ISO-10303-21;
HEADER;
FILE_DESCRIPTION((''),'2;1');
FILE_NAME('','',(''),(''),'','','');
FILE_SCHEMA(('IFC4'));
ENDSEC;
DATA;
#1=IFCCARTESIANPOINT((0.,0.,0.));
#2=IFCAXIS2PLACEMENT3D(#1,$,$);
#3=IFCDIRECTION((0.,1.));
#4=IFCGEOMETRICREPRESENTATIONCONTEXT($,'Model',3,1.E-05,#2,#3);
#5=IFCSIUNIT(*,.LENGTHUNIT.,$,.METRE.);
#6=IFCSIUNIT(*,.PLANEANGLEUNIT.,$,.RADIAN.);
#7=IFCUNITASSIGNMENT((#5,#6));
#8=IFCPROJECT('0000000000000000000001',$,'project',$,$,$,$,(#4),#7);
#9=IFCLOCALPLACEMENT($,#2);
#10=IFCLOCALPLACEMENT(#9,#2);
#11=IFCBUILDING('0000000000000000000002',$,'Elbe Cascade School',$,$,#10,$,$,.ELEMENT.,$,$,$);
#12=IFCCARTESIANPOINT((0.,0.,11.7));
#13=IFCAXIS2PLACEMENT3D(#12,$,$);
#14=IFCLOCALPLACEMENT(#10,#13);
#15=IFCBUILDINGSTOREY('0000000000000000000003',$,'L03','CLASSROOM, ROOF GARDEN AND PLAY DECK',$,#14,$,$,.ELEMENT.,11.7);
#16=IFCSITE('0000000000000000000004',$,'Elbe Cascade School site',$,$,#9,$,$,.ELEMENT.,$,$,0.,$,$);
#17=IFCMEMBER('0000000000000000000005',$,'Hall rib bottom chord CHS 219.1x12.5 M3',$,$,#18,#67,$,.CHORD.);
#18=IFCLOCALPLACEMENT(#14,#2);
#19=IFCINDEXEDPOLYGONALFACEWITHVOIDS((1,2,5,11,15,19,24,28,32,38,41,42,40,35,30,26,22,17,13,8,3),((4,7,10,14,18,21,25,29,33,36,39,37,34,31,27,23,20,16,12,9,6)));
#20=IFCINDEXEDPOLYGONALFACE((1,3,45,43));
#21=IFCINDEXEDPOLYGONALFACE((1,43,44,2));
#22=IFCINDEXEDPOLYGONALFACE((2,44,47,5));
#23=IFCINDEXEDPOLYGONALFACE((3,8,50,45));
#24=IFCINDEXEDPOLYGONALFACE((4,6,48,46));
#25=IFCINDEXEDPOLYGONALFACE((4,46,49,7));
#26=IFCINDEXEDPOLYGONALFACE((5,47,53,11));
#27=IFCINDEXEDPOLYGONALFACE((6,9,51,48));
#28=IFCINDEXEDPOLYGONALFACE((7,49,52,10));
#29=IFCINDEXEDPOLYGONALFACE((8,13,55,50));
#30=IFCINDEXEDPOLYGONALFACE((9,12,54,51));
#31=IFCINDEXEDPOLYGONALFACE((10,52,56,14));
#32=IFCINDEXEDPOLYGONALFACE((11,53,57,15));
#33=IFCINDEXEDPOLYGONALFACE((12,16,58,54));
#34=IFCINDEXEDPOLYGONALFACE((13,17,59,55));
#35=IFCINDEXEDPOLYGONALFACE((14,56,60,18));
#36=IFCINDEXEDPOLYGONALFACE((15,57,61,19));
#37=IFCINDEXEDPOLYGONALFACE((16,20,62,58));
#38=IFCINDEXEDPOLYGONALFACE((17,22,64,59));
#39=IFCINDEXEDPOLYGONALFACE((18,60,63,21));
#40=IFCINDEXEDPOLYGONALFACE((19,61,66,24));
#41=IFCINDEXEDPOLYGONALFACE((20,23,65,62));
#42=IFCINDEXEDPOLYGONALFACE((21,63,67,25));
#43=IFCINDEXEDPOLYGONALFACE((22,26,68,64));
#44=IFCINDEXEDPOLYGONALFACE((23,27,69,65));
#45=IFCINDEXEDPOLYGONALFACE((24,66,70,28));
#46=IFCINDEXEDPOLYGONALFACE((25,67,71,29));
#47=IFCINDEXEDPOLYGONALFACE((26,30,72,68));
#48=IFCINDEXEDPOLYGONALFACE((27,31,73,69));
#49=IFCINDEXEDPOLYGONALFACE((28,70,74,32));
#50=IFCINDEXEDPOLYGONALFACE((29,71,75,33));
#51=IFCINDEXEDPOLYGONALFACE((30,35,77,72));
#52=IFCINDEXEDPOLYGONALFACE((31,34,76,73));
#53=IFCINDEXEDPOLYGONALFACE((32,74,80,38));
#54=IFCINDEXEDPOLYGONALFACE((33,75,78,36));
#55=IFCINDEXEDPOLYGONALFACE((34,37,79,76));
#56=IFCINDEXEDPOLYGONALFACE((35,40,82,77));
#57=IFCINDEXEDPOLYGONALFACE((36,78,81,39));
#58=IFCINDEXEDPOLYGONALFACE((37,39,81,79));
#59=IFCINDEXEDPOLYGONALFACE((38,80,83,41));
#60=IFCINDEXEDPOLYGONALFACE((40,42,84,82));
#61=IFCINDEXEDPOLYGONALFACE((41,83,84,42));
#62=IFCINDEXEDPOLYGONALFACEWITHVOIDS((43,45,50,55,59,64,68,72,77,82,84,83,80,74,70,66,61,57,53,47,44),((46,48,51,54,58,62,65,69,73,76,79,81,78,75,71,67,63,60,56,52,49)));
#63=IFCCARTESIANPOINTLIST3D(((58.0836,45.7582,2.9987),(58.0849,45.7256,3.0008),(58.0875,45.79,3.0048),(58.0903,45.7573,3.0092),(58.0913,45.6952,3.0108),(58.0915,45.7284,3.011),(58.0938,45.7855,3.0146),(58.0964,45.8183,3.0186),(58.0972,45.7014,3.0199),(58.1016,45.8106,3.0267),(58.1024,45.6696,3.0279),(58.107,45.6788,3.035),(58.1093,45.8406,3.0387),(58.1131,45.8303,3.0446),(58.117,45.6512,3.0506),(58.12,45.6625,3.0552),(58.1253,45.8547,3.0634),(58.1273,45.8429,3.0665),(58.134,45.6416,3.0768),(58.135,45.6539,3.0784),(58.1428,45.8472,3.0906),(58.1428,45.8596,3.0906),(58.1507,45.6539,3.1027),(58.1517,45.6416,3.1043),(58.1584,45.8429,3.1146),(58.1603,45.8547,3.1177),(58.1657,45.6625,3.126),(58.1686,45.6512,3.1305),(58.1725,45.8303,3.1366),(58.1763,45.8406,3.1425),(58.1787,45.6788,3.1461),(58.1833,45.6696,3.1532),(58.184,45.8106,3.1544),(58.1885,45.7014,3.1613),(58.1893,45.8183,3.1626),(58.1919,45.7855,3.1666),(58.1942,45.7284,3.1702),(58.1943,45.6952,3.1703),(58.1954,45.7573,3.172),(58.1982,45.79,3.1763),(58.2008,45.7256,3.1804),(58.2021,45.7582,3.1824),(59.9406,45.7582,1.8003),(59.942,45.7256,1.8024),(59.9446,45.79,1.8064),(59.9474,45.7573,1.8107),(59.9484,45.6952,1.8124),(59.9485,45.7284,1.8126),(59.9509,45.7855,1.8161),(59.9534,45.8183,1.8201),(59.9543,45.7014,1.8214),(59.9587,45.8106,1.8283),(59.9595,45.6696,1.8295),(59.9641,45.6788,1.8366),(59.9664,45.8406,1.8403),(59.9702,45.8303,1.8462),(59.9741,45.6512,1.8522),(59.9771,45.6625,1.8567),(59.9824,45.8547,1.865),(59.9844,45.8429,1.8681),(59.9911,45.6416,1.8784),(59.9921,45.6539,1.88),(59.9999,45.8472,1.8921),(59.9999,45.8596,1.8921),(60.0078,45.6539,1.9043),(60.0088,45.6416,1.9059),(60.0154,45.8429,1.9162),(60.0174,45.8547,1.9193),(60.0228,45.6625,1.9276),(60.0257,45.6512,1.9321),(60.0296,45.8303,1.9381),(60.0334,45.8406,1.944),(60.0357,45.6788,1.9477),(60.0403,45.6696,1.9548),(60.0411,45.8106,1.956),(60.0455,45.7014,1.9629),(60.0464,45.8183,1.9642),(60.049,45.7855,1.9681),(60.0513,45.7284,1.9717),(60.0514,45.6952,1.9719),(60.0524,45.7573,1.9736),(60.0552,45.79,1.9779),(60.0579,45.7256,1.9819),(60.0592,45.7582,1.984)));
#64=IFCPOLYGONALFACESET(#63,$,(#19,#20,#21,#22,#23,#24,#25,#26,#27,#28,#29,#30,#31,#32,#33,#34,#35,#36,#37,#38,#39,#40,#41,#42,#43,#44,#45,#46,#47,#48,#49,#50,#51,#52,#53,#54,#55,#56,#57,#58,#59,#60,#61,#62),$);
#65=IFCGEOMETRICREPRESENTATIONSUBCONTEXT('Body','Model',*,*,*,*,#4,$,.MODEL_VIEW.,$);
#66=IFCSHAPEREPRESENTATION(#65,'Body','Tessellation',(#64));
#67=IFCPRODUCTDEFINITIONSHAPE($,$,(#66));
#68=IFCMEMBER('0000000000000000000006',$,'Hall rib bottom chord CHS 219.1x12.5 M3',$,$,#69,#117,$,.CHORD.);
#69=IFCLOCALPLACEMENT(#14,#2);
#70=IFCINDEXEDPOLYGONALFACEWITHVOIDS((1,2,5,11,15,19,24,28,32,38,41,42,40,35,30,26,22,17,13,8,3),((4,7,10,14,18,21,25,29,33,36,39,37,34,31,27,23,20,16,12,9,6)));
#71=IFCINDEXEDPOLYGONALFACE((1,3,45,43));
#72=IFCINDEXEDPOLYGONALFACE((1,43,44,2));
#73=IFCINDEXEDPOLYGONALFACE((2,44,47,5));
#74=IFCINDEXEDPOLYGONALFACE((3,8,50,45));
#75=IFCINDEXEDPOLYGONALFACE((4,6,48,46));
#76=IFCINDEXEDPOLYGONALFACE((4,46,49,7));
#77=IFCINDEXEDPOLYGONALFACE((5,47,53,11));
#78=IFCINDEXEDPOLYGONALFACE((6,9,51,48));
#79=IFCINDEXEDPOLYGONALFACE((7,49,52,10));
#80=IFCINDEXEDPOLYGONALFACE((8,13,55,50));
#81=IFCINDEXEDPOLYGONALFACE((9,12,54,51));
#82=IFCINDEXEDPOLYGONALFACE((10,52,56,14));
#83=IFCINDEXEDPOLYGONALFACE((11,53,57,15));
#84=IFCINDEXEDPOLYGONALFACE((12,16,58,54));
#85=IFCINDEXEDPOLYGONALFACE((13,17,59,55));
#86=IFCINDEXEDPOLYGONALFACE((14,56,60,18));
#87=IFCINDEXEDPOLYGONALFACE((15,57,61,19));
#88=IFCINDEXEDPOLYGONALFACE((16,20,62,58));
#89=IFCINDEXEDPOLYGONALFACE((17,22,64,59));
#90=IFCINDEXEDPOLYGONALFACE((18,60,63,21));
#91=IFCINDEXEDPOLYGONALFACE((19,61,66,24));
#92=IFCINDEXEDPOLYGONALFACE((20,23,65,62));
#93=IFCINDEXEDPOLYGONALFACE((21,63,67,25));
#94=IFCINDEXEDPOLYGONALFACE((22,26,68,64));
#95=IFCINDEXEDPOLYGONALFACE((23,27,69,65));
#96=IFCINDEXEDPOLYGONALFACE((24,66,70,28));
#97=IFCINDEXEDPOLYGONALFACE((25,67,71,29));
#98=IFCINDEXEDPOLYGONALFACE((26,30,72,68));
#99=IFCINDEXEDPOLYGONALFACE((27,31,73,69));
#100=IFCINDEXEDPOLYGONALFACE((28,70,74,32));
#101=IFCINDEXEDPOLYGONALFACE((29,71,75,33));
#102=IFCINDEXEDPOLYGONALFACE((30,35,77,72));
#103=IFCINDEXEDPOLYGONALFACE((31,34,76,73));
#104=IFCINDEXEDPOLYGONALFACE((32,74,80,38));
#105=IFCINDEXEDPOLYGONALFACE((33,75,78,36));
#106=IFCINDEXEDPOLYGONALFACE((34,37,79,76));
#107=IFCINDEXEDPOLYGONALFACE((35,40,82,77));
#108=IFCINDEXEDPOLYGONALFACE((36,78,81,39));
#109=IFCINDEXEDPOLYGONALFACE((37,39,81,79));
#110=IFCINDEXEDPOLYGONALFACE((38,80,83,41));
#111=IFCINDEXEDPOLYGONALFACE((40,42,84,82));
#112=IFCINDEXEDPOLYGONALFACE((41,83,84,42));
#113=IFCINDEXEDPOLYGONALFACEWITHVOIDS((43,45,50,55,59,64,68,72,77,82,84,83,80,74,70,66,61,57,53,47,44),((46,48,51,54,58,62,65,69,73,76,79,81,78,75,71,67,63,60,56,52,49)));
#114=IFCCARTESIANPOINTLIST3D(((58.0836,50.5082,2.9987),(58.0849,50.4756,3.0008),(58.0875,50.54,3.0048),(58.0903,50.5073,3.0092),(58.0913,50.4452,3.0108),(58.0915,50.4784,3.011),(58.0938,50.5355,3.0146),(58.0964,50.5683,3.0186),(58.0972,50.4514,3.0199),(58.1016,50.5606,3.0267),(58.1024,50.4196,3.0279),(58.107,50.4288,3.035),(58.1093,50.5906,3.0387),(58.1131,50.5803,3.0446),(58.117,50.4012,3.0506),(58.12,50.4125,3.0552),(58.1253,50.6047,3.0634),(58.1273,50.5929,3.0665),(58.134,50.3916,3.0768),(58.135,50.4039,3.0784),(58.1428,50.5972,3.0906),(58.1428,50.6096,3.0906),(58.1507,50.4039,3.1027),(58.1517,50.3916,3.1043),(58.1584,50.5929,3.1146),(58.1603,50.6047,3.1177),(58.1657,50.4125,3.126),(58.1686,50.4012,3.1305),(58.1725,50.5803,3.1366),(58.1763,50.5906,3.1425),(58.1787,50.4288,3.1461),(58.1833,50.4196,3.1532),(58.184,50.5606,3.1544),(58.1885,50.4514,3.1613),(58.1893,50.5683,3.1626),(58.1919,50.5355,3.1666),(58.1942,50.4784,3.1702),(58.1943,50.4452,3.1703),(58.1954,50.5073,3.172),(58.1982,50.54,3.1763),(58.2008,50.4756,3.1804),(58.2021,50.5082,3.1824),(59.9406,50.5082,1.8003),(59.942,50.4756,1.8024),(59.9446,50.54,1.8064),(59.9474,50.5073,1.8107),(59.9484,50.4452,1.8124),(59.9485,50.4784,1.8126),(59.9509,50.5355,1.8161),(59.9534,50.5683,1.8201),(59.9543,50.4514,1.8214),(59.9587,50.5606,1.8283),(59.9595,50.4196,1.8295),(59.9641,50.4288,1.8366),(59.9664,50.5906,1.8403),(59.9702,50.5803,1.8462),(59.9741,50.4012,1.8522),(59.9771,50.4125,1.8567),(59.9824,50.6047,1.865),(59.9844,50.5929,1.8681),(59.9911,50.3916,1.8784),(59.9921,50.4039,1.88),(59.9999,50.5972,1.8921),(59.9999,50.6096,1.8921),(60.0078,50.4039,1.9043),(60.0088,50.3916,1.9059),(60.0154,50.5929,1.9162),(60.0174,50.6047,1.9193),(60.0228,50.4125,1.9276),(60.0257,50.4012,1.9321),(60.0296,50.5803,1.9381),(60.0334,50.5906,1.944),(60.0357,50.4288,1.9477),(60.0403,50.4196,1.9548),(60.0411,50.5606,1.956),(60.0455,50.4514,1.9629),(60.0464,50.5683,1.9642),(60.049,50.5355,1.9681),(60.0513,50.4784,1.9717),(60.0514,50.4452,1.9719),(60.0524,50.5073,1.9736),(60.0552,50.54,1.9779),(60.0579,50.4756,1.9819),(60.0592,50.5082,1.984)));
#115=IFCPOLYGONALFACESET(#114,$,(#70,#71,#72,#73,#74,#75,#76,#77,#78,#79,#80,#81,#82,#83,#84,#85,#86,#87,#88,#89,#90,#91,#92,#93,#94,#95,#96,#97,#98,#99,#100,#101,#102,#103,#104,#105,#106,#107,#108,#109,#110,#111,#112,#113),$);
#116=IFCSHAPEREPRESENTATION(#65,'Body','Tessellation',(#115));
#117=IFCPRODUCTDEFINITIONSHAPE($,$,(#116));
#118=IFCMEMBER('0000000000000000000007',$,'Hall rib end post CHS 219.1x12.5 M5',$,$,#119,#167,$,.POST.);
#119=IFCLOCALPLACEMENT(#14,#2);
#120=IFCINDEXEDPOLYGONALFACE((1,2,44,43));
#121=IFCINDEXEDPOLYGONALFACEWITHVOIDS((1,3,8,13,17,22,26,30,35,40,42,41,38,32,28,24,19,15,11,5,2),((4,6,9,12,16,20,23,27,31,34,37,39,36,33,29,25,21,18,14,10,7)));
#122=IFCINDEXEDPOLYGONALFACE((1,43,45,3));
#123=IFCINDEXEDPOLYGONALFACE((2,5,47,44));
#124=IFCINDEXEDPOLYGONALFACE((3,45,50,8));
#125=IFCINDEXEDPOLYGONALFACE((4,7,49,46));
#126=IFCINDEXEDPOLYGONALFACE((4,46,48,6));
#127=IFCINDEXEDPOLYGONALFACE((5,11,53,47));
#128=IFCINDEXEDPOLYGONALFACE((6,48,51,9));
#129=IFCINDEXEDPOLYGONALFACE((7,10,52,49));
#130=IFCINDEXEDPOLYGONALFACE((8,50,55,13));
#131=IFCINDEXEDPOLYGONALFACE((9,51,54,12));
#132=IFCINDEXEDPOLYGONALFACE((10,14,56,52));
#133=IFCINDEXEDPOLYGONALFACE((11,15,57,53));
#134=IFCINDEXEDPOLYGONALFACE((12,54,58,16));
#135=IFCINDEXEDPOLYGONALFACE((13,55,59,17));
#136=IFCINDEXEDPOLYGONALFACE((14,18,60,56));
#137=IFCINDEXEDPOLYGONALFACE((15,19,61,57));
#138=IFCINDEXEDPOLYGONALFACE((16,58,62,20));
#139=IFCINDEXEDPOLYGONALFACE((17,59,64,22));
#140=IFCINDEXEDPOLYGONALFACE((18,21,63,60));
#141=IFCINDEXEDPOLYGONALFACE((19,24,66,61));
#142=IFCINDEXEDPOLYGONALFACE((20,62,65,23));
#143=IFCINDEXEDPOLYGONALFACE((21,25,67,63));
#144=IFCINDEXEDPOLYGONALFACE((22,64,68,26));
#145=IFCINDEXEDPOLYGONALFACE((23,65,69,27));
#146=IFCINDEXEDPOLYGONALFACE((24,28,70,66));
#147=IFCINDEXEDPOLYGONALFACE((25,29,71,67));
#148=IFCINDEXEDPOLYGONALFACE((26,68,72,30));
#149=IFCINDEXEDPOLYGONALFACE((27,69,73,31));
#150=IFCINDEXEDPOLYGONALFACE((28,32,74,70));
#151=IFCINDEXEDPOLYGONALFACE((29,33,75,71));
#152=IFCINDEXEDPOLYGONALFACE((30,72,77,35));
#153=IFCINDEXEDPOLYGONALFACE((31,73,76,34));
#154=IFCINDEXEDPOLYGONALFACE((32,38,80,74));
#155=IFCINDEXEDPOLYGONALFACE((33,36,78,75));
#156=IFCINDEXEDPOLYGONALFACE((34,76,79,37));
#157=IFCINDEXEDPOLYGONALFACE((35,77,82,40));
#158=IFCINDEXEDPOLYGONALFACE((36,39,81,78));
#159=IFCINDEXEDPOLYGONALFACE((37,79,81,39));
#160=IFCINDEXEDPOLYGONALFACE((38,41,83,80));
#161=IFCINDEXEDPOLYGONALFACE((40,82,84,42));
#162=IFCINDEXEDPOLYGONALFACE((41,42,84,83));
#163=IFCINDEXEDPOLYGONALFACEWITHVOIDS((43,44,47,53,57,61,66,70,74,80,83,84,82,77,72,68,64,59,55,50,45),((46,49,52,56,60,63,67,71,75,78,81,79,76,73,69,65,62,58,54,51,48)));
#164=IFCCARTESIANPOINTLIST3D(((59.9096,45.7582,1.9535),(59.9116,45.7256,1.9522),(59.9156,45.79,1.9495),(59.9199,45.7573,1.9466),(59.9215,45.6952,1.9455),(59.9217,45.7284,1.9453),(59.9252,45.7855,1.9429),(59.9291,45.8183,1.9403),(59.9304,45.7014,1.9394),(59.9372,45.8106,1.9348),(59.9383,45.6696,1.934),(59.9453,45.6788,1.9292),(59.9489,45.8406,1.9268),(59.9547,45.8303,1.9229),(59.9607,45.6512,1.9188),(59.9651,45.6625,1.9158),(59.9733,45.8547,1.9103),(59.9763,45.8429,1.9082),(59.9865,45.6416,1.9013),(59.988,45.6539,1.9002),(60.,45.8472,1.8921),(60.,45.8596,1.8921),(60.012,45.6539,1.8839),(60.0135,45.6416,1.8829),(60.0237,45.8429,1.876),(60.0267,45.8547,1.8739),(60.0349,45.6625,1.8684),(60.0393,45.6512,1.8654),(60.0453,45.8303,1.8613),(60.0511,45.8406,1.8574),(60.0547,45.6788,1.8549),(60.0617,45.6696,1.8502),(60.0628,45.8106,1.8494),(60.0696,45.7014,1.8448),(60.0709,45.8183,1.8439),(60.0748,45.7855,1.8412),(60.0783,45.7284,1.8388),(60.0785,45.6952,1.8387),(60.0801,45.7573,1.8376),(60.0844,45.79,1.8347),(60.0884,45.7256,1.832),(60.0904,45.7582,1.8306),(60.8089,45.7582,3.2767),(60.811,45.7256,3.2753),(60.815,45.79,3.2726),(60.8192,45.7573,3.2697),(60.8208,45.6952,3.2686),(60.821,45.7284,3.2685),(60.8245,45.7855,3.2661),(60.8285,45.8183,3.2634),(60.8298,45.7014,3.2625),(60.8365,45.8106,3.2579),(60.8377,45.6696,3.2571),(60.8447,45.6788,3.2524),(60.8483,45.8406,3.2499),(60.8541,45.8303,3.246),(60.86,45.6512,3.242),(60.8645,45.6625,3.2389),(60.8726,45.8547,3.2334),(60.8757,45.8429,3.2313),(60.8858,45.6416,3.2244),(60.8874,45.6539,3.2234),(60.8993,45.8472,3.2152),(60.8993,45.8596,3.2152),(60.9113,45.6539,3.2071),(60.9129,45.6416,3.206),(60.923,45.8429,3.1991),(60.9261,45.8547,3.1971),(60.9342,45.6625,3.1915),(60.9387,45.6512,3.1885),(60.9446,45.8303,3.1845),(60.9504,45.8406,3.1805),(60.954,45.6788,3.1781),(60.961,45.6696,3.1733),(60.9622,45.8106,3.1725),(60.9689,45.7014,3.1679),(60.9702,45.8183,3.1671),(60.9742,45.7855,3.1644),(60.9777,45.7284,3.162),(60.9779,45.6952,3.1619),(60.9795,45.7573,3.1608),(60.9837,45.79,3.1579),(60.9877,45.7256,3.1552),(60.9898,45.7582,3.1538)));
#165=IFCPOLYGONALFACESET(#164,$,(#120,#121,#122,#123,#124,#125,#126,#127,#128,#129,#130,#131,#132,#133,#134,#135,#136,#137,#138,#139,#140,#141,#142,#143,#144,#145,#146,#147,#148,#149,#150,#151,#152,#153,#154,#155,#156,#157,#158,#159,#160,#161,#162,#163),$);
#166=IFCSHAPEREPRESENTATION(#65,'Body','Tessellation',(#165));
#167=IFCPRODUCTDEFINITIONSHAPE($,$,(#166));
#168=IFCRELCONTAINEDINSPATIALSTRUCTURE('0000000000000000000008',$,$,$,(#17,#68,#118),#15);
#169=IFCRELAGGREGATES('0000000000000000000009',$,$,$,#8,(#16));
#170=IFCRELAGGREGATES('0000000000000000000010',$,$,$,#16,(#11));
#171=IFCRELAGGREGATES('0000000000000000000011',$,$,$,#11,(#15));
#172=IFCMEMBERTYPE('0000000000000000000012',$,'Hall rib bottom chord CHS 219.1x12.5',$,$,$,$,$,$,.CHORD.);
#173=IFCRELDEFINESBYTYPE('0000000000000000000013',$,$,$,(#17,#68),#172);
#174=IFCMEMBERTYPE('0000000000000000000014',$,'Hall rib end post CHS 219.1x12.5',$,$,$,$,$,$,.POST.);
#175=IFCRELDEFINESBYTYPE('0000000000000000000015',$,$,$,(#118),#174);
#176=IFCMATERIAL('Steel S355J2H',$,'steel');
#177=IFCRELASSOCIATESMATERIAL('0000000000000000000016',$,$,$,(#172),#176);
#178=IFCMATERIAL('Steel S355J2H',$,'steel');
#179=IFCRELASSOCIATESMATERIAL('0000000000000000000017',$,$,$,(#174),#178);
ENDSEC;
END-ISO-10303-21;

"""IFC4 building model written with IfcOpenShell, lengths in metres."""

from ifc_helpers import new_model, si_unit, direction, frame, origin, origin_2d, place, context, subcontext, project, spatial, hollow_circle, extrude, material, material_profile, profile_set, type_object, element, save


model = new_model("IFC4")

# Units and contexts
model_context = context("Model", 3, precision=1e-05, world=origin(), true_north=direction((0.0, 1.0)))
body_context = subcontext(model_context, "Body", "Model", "MODEL_VIEW")
ifc_project = project(units=[si_unit("LENGTHUNIT", "METRE"), si_unit("PLANEANGLEUNIT", "RADIAN")], contexts=[model_context])

# Site, building, storey
site_placement = place(None, origin())
site = spatial("IfcSite", under=ifc_project, at=site_placement, Name="Elbe Cascade School site", CompositionType="ELEMENT", RefElevation=0.0)
building_placement = place(site_placement, origin())
building = spatial("IfcBuilding", under=site, at=building_placement, Name="Elbe Cascade School", CompositionType="ELEMENT")
storey_placement = place(building_placement, frame((0.0, 0.0, 11.7)))
storey = spatial("IfcBuildingStorey", under=building, at=storey_placement, Name="L03", Description="CLASSROOM, ROOF GARDEN AND PLAY DECK", CompositionType="ELEMENT", Elevation=11.7)

# Members
ifc_material_1 = material(Name="Steel S355J2H", Category="steel")
ifc_material_profile_1 = material_profile(ifc_material_1, hollow_circle(Radius=0.1096, WallThickness=0.0125, at=origin_2d()), Name="CHS 219.1x12.5")
ifc_profile_set_1 = profile_set([ifc_material_profile_1], Name="Steel S355J2H")
member_type_1 = type_object("IfcMemberType", Name="Hall rib bottom chord CHS 219.1x12.5", PredefinedType="CHORD", material=ifc_profile_set_1)
for number, where, z_axis, x_axis, name in (
    (1, (58.1428, 45.75, 3.0906), (0.840233, 0.0, -0.542225), (0.0, 1.0, 0.0), "Hall rib bottom chord CHS 219.1x12.5 M3"),
    (2, (58.1428, 50.5, 3.0906), (0.840233, 0.0, -0.542225), (0.0, 1.0, 0.0), "Hall rib bottom chord CHS 219.1x12.5 M3"),
):
    element("IfcMember", number, at=place(storey_placement, frame(where, z_axis=z_axis, x_axis=x_axis)), inside=storey, type_object=member_type_1, Name=name, PredefinedType="CHORD", context=body_context, shape_type="SweptSolid", body=[
        extrude(hollow_circle(Radius=0.1096, WallThickness=0.0125, at=origin_2d()), origin(), (0.0, 0.0, 1.0), 2.2102),
    ])
ifc_material_2 = material(Name="Steel S355J2H", Category="steel")
ifc_material_profile_2 = material_profile(ifc_material_2, hollow_circle(Radius=0.1096, WallThickness=0.0125, at=origin_2d()), Name="CHS 219.1x12.5")
ifc_profile_set_2 = profile_set([ifc_material_profile_2], Name="Steel S355J2H")
member_type_2 = type_object("IfcMemberType", Name="Hall rib end post CHS 219.1x12.5", PredefinedType="POST", material=ifc_profile_set_2)
for number, where, z_axis, x_axis, name in (
    (3, (60.0, 45.75, 1.8921), (0.562143, 0.0, 0.82704), (0.0, 1.0, 0.0), "Hall rib end post CHS 219.1x12.5 M5"),
):
    element("IfcMember", number, at=place(storey_placement, frame(where, z_axis=z_axis, x_axis=x_axis)), inside=storey, type_object=member_type_2, Name=name, PredefinedType="POST", context=body_context, shape_type="SweptSolid", body=[
        extrude(hollow_circle(Radius=0.1096, WallThickness=0.0125, at=origin_2d()), origin(), (0.0, 0.0, 1.0), 1.5999),
    ])

save(model, "model.ifc")
